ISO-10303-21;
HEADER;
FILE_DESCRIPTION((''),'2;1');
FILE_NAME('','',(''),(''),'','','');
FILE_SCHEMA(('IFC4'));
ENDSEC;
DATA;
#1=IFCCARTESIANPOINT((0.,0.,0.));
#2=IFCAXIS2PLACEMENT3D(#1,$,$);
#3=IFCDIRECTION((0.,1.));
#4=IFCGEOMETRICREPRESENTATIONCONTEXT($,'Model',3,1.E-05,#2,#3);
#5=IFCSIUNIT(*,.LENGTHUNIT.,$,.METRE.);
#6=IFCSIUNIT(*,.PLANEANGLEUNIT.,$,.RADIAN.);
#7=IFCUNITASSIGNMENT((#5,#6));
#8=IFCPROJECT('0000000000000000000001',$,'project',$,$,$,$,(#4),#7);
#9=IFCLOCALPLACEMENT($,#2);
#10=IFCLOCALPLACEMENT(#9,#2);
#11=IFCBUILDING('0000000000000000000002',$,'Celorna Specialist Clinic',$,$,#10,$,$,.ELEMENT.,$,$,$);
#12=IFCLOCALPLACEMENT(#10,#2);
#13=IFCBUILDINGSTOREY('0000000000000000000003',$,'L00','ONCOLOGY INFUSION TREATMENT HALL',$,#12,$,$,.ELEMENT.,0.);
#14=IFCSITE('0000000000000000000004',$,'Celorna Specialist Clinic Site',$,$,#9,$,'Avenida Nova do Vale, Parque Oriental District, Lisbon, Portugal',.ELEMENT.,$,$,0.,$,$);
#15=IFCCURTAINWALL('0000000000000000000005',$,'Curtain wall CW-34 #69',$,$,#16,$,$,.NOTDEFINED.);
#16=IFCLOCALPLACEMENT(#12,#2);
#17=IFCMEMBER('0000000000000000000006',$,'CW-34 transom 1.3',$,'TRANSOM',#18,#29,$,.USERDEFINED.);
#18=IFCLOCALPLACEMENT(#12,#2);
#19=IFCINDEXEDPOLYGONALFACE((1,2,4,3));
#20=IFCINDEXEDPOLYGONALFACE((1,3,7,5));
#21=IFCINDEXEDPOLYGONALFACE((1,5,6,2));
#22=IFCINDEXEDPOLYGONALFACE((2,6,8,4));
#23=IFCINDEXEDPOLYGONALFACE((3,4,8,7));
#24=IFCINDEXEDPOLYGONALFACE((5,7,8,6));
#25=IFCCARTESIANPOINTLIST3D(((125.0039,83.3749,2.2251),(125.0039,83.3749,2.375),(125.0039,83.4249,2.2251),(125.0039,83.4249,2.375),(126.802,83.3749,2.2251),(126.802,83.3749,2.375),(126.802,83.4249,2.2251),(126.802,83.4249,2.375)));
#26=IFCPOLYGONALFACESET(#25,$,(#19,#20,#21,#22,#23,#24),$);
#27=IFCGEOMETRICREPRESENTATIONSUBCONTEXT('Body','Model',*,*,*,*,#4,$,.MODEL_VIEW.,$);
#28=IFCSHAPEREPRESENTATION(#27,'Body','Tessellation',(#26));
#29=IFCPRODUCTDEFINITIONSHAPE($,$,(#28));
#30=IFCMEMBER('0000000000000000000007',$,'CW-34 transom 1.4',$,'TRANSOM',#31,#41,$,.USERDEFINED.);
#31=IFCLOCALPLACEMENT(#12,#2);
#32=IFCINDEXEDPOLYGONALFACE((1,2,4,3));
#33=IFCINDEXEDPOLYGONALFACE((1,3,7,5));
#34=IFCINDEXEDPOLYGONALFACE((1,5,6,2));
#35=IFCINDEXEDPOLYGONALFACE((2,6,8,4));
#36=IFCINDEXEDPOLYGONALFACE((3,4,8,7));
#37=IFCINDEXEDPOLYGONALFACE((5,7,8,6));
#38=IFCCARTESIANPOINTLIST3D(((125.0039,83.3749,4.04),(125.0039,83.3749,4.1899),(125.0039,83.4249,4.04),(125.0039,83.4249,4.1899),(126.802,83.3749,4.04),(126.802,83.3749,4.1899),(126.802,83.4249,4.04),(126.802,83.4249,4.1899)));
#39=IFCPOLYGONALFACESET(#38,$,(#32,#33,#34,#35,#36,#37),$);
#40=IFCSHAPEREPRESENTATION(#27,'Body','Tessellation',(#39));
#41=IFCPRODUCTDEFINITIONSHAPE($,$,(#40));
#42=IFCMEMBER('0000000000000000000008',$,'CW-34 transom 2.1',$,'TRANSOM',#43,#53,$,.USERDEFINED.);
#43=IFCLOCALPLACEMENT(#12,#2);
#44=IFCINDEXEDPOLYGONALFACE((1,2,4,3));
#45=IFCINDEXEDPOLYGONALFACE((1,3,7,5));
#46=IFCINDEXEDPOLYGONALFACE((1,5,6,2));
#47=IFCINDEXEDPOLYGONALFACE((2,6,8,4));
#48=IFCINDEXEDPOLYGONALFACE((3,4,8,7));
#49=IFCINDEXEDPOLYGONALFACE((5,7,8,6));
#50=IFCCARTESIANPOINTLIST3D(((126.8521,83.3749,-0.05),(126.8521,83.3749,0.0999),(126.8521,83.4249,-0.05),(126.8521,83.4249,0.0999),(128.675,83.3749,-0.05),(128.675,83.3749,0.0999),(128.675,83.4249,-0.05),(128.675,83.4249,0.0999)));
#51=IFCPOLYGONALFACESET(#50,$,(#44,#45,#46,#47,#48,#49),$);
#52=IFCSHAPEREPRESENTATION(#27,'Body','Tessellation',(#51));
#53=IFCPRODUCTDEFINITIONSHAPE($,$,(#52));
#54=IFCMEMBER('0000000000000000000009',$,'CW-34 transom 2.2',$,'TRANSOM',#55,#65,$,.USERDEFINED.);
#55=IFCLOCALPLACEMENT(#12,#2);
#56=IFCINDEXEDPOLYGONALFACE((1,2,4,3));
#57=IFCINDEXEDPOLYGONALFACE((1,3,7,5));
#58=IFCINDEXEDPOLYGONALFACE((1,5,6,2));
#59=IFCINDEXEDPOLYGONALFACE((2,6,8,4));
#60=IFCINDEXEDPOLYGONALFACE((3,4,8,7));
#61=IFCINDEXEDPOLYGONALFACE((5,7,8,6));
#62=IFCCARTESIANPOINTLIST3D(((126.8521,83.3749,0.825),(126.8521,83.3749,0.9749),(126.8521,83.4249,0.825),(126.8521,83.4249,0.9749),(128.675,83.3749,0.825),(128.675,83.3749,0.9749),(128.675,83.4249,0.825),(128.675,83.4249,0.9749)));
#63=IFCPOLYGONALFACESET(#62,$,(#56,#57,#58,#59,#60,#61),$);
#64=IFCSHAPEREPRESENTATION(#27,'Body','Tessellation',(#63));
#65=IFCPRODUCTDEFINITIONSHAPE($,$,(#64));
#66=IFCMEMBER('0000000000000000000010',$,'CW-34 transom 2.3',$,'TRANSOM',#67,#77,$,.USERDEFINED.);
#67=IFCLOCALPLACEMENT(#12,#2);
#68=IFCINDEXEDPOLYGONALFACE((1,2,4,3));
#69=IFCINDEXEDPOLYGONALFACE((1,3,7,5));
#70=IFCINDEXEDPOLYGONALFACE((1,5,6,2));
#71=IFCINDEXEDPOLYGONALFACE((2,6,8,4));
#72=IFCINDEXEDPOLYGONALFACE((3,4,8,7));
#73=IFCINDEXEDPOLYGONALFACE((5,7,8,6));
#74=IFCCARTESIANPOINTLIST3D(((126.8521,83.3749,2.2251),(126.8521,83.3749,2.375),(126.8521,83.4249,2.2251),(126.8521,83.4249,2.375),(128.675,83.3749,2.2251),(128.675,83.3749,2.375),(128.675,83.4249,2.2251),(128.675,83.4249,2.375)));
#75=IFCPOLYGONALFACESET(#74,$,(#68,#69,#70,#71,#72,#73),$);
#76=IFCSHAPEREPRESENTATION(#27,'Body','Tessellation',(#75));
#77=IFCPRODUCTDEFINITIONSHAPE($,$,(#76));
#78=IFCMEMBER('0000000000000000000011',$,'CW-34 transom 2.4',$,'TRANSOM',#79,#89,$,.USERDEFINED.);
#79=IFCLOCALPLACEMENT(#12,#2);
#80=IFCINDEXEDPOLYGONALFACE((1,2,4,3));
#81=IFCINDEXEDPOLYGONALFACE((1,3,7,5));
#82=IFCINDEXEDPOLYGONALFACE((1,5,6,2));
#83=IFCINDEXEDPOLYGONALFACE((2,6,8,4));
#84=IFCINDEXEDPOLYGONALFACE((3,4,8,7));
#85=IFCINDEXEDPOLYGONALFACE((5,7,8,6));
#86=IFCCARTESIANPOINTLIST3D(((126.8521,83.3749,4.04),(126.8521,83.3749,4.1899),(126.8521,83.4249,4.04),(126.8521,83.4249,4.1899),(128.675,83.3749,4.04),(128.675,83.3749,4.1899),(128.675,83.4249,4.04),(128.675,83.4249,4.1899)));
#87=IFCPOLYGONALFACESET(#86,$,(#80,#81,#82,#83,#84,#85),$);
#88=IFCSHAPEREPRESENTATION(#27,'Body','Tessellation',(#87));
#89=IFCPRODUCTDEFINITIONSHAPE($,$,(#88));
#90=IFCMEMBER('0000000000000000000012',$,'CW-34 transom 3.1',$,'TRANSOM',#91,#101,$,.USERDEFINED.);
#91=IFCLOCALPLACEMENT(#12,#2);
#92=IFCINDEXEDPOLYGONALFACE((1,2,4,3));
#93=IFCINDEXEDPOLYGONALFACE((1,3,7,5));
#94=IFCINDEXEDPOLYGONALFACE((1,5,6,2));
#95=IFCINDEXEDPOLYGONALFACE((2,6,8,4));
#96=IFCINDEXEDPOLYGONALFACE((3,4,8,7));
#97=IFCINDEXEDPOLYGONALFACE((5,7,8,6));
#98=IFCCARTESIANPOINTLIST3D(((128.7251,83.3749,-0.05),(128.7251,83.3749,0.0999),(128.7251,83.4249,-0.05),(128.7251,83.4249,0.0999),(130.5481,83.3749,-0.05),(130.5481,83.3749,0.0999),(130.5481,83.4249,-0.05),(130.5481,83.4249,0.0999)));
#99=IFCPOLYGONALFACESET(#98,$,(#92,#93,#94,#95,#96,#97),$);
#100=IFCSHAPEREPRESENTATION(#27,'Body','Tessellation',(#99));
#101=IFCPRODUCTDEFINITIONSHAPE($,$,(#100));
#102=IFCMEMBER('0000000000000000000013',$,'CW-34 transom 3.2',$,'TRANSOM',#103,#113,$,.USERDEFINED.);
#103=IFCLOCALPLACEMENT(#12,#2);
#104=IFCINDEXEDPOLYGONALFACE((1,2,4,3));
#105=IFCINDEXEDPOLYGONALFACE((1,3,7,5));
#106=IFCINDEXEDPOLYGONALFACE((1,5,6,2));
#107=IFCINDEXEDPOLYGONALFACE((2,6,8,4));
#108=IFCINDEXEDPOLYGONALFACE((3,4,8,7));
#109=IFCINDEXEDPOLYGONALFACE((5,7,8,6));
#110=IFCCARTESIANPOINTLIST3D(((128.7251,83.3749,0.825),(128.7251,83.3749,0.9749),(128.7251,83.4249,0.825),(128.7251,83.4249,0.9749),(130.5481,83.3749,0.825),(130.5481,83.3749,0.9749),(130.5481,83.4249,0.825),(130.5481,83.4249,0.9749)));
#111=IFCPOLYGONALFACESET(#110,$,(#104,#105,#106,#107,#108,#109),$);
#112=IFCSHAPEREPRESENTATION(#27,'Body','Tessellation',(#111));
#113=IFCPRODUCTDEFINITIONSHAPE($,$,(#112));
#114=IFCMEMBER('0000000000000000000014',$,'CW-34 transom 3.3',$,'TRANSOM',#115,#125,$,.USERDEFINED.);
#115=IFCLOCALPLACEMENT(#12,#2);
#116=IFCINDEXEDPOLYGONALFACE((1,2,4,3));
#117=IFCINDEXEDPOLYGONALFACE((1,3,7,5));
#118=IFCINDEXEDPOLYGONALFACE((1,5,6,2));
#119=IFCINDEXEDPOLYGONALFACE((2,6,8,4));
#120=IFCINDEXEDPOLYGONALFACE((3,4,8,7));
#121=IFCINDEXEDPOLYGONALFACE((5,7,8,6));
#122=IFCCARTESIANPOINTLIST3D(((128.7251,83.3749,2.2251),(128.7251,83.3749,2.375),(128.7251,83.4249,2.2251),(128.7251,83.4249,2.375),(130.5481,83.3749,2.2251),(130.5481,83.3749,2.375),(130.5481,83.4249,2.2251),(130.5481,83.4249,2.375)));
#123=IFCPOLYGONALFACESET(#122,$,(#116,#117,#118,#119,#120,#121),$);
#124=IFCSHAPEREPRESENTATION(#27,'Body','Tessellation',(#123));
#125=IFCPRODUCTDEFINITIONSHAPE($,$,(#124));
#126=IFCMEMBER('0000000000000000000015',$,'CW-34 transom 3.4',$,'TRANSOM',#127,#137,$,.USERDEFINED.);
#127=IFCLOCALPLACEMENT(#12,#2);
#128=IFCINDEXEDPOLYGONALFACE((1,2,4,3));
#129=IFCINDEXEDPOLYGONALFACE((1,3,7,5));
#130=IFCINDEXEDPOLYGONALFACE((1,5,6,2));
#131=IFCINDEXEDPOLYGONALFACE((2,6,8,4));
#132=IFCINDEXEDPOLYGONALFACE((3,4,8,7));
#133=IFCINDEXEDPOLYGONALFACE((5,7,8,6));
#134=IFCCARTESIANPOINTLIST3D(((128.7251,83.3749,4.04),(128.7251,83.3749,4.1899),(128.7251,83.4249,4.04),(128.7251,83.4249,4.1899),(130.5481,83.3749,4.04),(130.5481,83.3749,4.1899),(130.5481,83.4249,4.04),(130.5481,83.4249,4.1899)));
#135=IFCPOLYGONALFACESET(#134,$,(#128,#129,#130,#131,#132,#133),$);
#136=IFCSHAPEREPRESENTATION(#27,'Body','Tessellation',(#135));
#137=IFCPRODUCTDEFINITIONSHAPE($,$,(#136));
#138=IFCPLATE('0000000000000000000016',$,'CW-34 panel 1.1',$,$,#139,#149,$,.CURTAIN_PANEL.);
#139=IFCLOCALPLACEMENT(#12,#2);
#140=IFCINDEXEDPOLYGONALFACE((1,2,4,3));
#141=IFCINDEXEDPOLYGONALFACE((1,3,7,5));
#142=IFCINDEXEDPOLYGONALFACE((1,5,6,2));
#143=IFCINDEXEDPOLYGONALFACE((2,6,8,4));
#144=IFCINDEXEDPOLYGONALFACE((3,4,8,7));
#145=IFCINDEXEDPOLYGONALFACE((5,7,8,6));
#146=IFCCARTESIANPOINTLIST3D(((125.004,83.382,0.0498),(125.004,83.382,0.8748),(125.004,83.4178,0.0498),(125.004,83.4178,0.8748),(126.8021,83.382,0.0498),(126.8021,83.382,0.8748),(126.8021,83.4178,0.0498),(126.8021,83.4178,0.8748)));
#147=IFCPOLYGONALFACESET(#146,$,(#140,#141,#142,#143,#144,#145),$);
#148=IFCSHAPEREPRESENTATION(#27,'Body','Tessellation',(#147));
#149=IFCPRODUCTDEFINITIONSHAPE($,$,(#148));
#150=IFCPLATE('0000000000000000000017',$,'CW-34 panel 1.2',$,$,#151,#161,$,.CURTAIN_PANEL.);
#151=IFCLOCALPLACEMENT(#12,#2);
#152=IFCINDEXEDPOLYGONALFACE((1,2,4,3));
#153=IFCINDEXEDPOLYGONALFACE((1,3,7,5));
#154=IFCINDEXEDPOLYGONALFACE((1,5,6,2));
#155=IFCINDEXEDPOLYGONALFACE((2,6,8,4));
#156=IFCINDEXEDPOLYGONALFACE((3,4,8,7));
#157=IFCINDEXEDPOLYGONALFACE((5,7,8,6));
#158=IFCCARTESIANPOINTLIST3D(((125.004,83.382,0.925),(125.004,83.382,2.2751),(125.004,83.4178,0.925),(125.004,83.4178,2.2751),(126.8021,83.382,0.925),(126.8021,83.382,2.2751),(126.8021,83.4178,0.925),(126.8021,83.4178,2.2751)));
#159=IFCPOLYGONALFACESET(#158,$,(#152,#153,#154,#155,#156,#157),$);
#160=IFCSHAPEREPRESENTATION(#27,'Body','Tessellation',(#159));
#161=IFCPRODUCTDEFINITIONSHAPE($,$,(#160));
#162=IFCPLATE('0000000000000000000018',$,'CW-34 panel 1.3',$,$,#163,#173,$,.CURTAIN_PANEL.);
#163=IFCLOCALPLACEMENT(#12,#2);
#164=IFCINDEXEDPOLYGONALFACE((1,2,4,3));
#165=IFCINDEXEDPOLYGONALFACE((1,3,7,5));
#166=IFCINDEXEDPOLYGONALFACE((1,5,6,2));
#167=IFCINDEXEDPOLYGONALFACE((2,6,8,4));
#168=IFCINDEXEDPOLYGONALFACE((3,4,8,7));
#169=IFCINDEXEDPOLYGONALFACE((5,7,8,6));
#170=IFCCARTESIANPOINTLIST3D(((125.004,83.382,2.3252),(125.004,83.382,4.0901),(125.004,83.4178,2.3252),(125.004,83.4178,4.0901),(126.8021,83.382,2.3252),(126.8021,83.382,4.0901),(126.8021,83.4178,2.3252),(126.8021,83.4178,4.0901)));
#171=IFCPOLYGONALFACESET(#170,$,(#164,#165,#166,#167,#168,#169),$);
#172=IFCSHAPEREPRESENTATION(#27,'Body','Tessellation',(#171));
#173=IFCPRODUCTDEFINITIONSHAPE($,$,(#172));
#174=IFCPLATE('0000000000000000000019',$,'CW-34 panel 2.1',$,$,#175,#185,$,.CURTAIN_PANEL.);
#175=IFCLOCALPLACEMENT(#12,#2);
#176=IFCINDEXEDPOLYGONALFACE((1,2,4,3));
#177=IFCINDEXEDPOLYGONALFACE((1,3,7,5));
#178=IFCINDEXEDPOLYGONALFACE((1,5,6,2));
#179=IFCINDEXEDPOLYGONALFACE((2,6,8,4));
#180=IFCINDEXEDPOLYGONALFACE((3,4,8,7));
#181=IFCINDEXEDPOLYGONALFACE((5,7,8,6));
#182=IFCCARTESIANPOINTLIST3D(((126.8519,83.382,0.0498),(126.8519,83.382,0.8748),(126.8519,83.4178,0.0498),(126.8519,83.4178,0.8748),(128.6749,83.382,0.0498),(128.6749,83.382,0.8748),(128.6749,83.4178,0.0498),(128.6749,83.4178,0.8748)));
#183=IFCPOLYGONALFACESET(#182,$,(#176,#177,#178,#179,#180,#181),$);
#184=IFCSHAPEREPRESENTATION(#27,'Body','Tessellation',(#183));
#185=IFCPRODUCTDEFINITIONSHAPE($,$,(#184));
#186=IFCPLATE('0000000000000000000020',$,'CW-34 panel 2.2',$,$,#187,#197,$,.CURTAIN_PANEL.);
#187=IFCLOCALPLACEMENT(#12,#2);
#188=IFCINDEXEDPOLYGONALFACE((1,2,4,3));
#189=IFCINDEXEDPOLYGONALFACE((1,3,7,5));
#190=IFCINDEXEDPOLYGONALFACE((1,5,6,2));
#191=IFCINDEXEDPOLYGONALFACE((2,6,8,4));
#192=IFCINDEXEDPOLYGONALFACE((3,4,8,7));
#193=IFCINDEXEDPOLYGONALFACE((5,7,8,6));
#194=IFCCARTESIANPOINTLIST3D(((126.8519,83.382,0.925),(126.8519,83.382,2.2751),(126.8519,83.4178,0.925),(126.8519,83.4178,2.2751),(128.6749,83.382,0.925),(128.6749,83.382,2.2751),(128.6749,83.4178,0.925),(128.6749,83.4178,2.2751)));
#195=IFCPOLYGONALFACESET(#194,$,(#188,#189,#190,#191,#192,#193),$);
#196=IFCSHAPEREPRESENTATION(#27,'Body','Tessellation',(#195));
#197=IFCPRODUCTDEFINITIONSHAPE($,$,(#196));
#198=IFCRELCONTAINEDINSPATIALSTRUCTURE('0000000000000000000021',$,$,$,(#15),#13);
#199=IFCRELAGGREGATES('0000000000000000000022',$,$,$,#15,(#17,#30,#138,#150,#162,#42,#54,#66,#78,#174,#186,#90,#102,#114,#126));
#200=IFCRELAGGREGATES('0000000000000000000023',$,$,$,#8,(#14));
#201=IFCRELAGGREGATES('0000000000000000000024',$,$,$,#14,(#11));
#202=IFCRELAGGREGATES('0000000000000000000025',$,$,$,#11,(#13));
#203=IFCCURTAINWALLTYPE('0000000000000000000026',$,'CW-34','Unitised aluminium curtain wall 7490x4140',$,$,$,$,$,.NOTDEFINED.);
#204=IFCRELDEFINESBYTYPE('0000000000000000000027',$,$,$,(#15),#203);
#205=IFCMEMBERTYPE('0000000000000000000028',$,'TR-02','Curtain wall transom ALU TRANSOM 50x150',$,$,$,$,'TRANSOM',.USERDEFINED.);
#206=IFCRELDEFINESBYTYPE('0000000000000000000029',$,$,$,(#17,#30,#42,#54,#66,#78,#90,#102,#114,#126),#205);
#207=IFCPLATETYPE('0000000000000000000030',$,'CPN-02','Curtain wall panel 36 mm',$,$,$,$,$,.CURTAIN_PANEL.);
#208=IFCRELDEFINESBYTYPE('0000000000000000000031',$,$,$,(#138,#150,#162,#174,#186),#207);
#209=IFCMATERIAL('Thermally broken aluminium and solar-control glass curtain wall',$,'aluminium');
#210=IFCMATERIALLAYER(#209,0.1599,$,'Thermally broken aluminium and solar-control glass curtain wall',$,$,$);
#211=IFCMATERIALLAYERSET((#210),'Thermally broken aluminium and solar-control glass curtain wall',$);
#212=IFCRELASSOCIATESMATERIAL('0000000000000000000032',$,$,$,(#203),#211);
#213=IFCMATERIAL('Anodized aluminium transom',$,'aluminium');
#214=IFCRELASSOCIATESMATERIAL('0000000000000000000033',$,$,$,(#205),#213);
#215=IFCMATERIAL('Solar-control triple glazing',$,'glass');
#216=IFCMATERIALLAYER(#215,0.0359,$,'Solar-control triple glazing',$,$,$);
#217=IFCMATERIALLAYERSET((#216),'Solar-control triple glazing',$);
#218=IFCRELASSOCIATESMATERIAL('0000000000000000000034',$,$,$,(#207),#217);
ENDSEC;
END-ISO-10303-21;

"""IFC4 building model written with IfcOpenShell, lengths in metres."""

from ifc_helpers import new_model, si_unit, direction, frame, origin, origin_2d, place, context, subcontext, project, spatial, rectangle, extrude, material, layer, layer_set, material_profile, profile_set, type_object, element, aggregate, save


model = new_model("IFC4")

# Units and contexts
model_context = context("Model", 3, precision=1e-05, world=origin(), true_north=direction((0.0, 1.0)))
body_context = subcontext(model_context, "Body", "Model", "MODEL_VIEW")
ifc_project = project(units=[si_unit("LENGTHUNIT", "METRE"), si_unit("PLANEANGLEUNIT", "RADIAN")], contexts=[model_context])

# Site, building, storey
site_placement = place(None, origin())
site = spatial("IfcSite", under=ifc_project, at=site_placement, Name="Celorna Specialist Clinic Site", LongName="Avenida Nova do Vale, Parque Oriental District, Lisbon, Portugal", CompositionType="ELEMENT", RefElevation=0.0)
building_placement = place(site_placement, origin())
building = spatial("IfcBuilding", under=site, at=building_placement, Name="Celorna Specialist Clinic", CompositionType="ELEMENT")
storey_placement = place(building_placement, origin())
storey = spatial("IfcBuildingStorey", under=building, at=storey_placement, Name="L00", Description="ONCOLOGY INFUSION TREATMENT HALL", CompositionType="ELEMENT", Elevation=0.0)

# Shared definitions
ifc_material_1 = material(Name="Thermally broken aluminium and solar-control glass curtain wall", Category="aluminium")

# Curtain wall
ifc_layer_1 = layer(ifc_material_1, 0.1599, Name="Thermally broken aluminium and solar-control glass curtain wall")
ifc_layer_set_1 = layer_set([ifc_layer_1], Name="Thermally broken aluminium and solar-control glass curtain wall")
curtain_wall_type_1 = type_object("IfcCurtainWallType", Name="CW-34", Description="Unitised aluminium curtain wall 7490x4140", PredefinedType="NOTDEFINED", material=ifc_layer_set_1)
curtain_wall_1_placement = place(storey_placement, origin())
curtain_wall_1 = element("IfcCurtainWall", 1, at=curtain_wall_1_placement, inside=storey, type_object=curtain_wall_type_1, Name="Curtain wall CW-34 #69", PredefinedType="NOTDEFINED")
ifc_material_2 = material(Name="Anodized aluminium transom", Category="aluminium")

# Members
ifc_material_profile_1 = material_profile(ifc_material_2, rectangle(XDim=0.05, YDim=0.1499, at=origin_2d()), Name="ALU TRANSOM 50x150")
ifc_profile_set_1 = profile_set([ifc_material_profile_1], Name="Anodized aluminium transom")
member_type_1 = type_object("IfcMemberType", Name="TR-02", Description="Curtain wall transom ALU TRANSOM 50x150", ElementType="TRANSOM", PredefinedType="USERDEFINED", material=ifc_profile_set_1)
member_1_placement = place(storey_placement, frame((125.0039, 83.3999, 2.3), z_axis=(1.0, 0.0, 0.0), x_axis=(0.0, 1.0, 0.0)))
member_1 = element("IfcMember", 2, at=member_1_placement, type_object=member_type_1, Name="CW-34 transom 1.3", ObjectType="TRANSOM", PredefinedType="USERDEFINED", context=body_context, shape_type="SweptSolid", body=[
    extrude(rectangle(XDim=0.05, YDim=0.1499, at=origin_2d()), origin(), (0.0, 0.0, 1.0), 1.7981),
])
member_2_placement = place(storey_placement, frame((125.0039, 83.3999, 4.115), z_axis=(1.0, 0.0, 0.0), x_axis=(0.0, 1.0, 0.0)))
member_2 = element("IfcMember", 3, at=member_2_placement, type_object=member_type_1, Name="CW-34 transom 1.4", ObjectType="TRANSOM", PredefinedType="USERDEFINED", context=body_context, shape_type="SweptSolid", body=[
    extrude(rectangle(XDim=0.05, YDim=0.1499, at=origin_2d()), origin(), (0.0, 0.0, 1.0), 1.7981),
])
member_3_placement = place(storey_placement, frame((126.8521, 83.3999, 0.0249), z_axis=(1.0, 0.0, 0.0), x_axis=(0.0, 1.0, 0.0)))
member_3 = element("IfcMember", 4, at=member_3_placement, type_object=member_type_1, Name="CW-34 transom 2.1", ObjectType="TRANSOM", PredefinedType="USERDEFINED", context=body_context, shape_type="SweptSolid", body=[
    extrude(rectangle(XDim=0.05, YDim=0.1499, at=origin_2d()), origin(), (0.0, 0.0, 1.0), 1.823),
])
member_4_placement = place(storey_placement, frame((126.8521, 83.3999, 0.8999), z_axis=(1.0, 0.0, 0.0), x_axis=(0.0, 1.0, 0.0)))
member_4 = element("IfcMember", 5, at=member_4_placement, type_object=member_type_1, Name="CW-34 transom 2.2", ObjectType="TRANSOM", PredefinedType="USERDEFINED", context=body_context, shape_type="SweptSolid", body=[
    extrude(rectangle(XDim=0.05, YDim=0.1499, at=origin_2d()), origin(), (0.0, 0.0, 1.0), 1.823),
])
member_5_placement = place(storey_placement, frame((126.8521, 83.3999, 2.3), z_axis=(1.0, 0.0, 0.0), x_axis=(0.0, 1.0, 0.0)))
member_5 = element("IfcMember", 6, at=member_5_placement, type_object=member_type_1, Name="CW-34 transom 2.3", ObjectType="TRANSOM", PredefinedType="USERDEFINED", context=body_context, shape_type="SweptSolid", body=[
    extrude(rectangle(XDim=0.05, YDim=0.1499, at=origin_2d()), origin(), (0.0, 0.0, 1.0), 1.823),
])
member_6_placement = place(storey_placement, frame((126.8521, 83.3999, 4.115), z_axis=(1.0, 0.0, 0.0), x_axis=(0.0, 1.0, 0.0)))
member_6 = element("IfcMember", 7, at=member_6_placement, type_object=member_type_1, Name="CW-34 transom 2.4", ObjectType="TRANSOM", PredefinedType="USERDEFINED", context=body_context, shape_type="SweptSolid", body=[
    extrude(rectangle(XDim=0.05, YDim=0.1499, at=origin_2d()), origin(), (0.0, 0.0, 1.0), 1.823),
])
member_7_placement = place(storey_placement, frame((128.7251, 83.3999, 0.0249), z_axis=(1.0, 0.0, 0.0), x_axis=(0.0, 1.0, 0.0)))
member_7 = element("IfcMember", 8, at=member_7_placement, type_object=member_type_1, Name="CW-34 transom 3.1", ObjectType="TRANSOM", PredefinedType="USERDEFINED", context=body_context, shape_type="SweptSolid", body=[
    extrude(rectangle(XDim=0.05, YDim=0.1499, at=origin_2d()), origin(), (0.0, 0.0, 1.0), 1.823),
])
member_8_placement = place(storey_placement, frame((128.7251, 83.3999, 0.8999), z_axis=(1.0, 0.0, 0.0), x_axis=(0.0, 1.0, 0.0)))
member_8 = element("IfcMember", 9, at=member_8_placement, type_object=member_type_1, Name="CW-34 transom 3.2", ObjectType="TRANSOM", PredefinedType="USERDEFINED", context=body_context, shape_type="SweptSolid", body=[
    extrude(rectangle(XDim=0.05, YDim=0.1499, at=origin_2d()), origin(), (0.0, 0.0, 1.0), 1.823),
])
member_9_placement = place(storey_placement, frame((128.7251, 83.3999, 2.3), z_axis=(1.0, 0.0, 0.0), x_axis=(0.0, 1.0, 0.0)))
member_9 = element("IfcMember", 10, at=member_9_placement, type_object=member_type_1, Name="CW-34 transom 3.3", ObjectType="TRANSOM", PredefinedType="USERDEFINED", context=body_context, shape_type="SweptSolid", body=[
    extrude(rectangle(XDim=0.05, YDim=0.1499, at=origin_2d()), origin(), (0.0, 0.0, 1.0), 1.823),
])
member_10_placement = place(storey_placement, frame((128.7251, 83.3999, 4.115), z_axis=(1.0, 0.0, 0.0), x_axis=(0.0, 1.0, 0.0)))
member_10 = element("IfcMember", 11, at=member_10_placement, type_object=member_type_1, Name="CW-34 transom 3.4", ObjectType="TRANSOM", PredefinedType="USERDEFINED", context=body_context, shape_type="SweptSolid", body=[
    extrude(rectangle(XDim=0.05, YDim=0.1499, at=origin_2d()), origin(), (0.0, 0.0, 1.0), 1.823),
])

# Plates
ifc_material_3 = material(Name="Solar-control triple glazing", Category="glass")
ifc_layer_2 = layer(ifc_material_3, 0.0359, Name="Solar-control triple glazing")
ifc_layer_set_2 = layer_set([ifc_layer_2], Name="Solar-control triple glazing")
plate_type_1 = type_object("IfcPlateType", Name="CPN-02", Description="Curtain wall panel 36 mm", PredefinedType="CURTAIN_PANEL", material=ifc_layer_set_2)
plate_1_placement = place(storey_placement, frame((125.9031, 83.3999, 0.0498), z_axis=(0.0, 0.0, 1.0), x_axis=(1.0, 0.0, 0.0)))
plate_1 = element("IfcPlate", 12, at=plate_1_placement, type_object=plate_type_1, Name="CW-34 panel 1.1", PredefinedType="CURTAIN_PANEL", context=body_context, shape_type="SweptSolid", body=[
    extrude(rectangle(XDim=1.7981, YDim=0.0359, at=origin_2d()), origin(), (0.0, 0.0, 1.0), 0.825),
])
plate_2_placement = place(storey_placement, frame((125.9031, 83.3999, 0.925), z_axis=(0.0, 0.0, 1.0), x_axis=(1.0, 0.0, 0.0)))
plate_2 = element("IfcPlate", 13, at=plate_2_placement, type_object=plate_type_1, Name="CW-34 panel 1.2", PredefinedType="CURTAIN_PANEL", context=body_context, shape_type="SweptSolid", body=[
    extrude(rectangle(XDim=1.7981, YDim=0.0359, at=origin_2d()), origin(), (0.0, 0.0, 1.0), 1.3501),
])
plate_3_placement = place(storey_placement, frame((125.9031, 83.3999, 2.3252), z_axis=(0.0, 0.0, 1.0), x_axis=(1.0, 0.0, 0.0)))
plate_3 = element("IfcPlate", 14, at=plate_3_placement, type_object=plate_type_1, Name="CW-34 panel 1.3", PredefinedType="CURTAIN_PANEL", context=body_context, shape_type="SweptSolid", body=[
    extrude(rectangle(XDim=1.7981, YDim=0.0359, at=origin_2d()), origin(), (0.0, 0.0, 1.0), 1.7649),
])
plate_4_placement = place(storey_placement, frame((127.7634, 83.3999, 0.0498), z_axis=(0.0, 0.0, 1.0), x_axis=(1.0, 0.0, 0.0)))
plate_4 = element("IfcPlate", 15, at=plate_4_placement, type_object=plate_type_1, Name="CW-34 panel 2.1", PredefinedType="CURTAIN_PANEL", context=body_context, shape_type="SweptSolid", body=[
    extrude(rectangle(XDim=1.823, YDim=0.0359, at=origin_2d()), origin(), (0.0, 0.0, 1.0), 0.825),
])
plate_5_placement = place(storey_placement, frame((127.7634, 83.3999, 0.925), z_axis=(0.0, 0.0, 1.0), x_axis=(1.0, 0.0, 0.0)))
plate_5 = element("IfcPlate", 16, at=plate_5_placement, type_object=plate_type_1, Name="CW-34 panel 2.2", PredefinedType="CURTAIN_PANEL", context=body_context, shape_type="SweptSolid", body=[
    extrude(rectangle(XDim=1.823, YDim=0.0359, at=origin_2d()), origin(), (0.0, 0.0, 1.0), 1.3501),
])
aggregate(curtain_wall_1, [member_1, member_2, plate_1, plate_2, plate_3, member_3, member_4, member_5, member_6, plate_4, plate_5, member_7, member_8, member_9, member_10])

save(model, "model.ifc")
